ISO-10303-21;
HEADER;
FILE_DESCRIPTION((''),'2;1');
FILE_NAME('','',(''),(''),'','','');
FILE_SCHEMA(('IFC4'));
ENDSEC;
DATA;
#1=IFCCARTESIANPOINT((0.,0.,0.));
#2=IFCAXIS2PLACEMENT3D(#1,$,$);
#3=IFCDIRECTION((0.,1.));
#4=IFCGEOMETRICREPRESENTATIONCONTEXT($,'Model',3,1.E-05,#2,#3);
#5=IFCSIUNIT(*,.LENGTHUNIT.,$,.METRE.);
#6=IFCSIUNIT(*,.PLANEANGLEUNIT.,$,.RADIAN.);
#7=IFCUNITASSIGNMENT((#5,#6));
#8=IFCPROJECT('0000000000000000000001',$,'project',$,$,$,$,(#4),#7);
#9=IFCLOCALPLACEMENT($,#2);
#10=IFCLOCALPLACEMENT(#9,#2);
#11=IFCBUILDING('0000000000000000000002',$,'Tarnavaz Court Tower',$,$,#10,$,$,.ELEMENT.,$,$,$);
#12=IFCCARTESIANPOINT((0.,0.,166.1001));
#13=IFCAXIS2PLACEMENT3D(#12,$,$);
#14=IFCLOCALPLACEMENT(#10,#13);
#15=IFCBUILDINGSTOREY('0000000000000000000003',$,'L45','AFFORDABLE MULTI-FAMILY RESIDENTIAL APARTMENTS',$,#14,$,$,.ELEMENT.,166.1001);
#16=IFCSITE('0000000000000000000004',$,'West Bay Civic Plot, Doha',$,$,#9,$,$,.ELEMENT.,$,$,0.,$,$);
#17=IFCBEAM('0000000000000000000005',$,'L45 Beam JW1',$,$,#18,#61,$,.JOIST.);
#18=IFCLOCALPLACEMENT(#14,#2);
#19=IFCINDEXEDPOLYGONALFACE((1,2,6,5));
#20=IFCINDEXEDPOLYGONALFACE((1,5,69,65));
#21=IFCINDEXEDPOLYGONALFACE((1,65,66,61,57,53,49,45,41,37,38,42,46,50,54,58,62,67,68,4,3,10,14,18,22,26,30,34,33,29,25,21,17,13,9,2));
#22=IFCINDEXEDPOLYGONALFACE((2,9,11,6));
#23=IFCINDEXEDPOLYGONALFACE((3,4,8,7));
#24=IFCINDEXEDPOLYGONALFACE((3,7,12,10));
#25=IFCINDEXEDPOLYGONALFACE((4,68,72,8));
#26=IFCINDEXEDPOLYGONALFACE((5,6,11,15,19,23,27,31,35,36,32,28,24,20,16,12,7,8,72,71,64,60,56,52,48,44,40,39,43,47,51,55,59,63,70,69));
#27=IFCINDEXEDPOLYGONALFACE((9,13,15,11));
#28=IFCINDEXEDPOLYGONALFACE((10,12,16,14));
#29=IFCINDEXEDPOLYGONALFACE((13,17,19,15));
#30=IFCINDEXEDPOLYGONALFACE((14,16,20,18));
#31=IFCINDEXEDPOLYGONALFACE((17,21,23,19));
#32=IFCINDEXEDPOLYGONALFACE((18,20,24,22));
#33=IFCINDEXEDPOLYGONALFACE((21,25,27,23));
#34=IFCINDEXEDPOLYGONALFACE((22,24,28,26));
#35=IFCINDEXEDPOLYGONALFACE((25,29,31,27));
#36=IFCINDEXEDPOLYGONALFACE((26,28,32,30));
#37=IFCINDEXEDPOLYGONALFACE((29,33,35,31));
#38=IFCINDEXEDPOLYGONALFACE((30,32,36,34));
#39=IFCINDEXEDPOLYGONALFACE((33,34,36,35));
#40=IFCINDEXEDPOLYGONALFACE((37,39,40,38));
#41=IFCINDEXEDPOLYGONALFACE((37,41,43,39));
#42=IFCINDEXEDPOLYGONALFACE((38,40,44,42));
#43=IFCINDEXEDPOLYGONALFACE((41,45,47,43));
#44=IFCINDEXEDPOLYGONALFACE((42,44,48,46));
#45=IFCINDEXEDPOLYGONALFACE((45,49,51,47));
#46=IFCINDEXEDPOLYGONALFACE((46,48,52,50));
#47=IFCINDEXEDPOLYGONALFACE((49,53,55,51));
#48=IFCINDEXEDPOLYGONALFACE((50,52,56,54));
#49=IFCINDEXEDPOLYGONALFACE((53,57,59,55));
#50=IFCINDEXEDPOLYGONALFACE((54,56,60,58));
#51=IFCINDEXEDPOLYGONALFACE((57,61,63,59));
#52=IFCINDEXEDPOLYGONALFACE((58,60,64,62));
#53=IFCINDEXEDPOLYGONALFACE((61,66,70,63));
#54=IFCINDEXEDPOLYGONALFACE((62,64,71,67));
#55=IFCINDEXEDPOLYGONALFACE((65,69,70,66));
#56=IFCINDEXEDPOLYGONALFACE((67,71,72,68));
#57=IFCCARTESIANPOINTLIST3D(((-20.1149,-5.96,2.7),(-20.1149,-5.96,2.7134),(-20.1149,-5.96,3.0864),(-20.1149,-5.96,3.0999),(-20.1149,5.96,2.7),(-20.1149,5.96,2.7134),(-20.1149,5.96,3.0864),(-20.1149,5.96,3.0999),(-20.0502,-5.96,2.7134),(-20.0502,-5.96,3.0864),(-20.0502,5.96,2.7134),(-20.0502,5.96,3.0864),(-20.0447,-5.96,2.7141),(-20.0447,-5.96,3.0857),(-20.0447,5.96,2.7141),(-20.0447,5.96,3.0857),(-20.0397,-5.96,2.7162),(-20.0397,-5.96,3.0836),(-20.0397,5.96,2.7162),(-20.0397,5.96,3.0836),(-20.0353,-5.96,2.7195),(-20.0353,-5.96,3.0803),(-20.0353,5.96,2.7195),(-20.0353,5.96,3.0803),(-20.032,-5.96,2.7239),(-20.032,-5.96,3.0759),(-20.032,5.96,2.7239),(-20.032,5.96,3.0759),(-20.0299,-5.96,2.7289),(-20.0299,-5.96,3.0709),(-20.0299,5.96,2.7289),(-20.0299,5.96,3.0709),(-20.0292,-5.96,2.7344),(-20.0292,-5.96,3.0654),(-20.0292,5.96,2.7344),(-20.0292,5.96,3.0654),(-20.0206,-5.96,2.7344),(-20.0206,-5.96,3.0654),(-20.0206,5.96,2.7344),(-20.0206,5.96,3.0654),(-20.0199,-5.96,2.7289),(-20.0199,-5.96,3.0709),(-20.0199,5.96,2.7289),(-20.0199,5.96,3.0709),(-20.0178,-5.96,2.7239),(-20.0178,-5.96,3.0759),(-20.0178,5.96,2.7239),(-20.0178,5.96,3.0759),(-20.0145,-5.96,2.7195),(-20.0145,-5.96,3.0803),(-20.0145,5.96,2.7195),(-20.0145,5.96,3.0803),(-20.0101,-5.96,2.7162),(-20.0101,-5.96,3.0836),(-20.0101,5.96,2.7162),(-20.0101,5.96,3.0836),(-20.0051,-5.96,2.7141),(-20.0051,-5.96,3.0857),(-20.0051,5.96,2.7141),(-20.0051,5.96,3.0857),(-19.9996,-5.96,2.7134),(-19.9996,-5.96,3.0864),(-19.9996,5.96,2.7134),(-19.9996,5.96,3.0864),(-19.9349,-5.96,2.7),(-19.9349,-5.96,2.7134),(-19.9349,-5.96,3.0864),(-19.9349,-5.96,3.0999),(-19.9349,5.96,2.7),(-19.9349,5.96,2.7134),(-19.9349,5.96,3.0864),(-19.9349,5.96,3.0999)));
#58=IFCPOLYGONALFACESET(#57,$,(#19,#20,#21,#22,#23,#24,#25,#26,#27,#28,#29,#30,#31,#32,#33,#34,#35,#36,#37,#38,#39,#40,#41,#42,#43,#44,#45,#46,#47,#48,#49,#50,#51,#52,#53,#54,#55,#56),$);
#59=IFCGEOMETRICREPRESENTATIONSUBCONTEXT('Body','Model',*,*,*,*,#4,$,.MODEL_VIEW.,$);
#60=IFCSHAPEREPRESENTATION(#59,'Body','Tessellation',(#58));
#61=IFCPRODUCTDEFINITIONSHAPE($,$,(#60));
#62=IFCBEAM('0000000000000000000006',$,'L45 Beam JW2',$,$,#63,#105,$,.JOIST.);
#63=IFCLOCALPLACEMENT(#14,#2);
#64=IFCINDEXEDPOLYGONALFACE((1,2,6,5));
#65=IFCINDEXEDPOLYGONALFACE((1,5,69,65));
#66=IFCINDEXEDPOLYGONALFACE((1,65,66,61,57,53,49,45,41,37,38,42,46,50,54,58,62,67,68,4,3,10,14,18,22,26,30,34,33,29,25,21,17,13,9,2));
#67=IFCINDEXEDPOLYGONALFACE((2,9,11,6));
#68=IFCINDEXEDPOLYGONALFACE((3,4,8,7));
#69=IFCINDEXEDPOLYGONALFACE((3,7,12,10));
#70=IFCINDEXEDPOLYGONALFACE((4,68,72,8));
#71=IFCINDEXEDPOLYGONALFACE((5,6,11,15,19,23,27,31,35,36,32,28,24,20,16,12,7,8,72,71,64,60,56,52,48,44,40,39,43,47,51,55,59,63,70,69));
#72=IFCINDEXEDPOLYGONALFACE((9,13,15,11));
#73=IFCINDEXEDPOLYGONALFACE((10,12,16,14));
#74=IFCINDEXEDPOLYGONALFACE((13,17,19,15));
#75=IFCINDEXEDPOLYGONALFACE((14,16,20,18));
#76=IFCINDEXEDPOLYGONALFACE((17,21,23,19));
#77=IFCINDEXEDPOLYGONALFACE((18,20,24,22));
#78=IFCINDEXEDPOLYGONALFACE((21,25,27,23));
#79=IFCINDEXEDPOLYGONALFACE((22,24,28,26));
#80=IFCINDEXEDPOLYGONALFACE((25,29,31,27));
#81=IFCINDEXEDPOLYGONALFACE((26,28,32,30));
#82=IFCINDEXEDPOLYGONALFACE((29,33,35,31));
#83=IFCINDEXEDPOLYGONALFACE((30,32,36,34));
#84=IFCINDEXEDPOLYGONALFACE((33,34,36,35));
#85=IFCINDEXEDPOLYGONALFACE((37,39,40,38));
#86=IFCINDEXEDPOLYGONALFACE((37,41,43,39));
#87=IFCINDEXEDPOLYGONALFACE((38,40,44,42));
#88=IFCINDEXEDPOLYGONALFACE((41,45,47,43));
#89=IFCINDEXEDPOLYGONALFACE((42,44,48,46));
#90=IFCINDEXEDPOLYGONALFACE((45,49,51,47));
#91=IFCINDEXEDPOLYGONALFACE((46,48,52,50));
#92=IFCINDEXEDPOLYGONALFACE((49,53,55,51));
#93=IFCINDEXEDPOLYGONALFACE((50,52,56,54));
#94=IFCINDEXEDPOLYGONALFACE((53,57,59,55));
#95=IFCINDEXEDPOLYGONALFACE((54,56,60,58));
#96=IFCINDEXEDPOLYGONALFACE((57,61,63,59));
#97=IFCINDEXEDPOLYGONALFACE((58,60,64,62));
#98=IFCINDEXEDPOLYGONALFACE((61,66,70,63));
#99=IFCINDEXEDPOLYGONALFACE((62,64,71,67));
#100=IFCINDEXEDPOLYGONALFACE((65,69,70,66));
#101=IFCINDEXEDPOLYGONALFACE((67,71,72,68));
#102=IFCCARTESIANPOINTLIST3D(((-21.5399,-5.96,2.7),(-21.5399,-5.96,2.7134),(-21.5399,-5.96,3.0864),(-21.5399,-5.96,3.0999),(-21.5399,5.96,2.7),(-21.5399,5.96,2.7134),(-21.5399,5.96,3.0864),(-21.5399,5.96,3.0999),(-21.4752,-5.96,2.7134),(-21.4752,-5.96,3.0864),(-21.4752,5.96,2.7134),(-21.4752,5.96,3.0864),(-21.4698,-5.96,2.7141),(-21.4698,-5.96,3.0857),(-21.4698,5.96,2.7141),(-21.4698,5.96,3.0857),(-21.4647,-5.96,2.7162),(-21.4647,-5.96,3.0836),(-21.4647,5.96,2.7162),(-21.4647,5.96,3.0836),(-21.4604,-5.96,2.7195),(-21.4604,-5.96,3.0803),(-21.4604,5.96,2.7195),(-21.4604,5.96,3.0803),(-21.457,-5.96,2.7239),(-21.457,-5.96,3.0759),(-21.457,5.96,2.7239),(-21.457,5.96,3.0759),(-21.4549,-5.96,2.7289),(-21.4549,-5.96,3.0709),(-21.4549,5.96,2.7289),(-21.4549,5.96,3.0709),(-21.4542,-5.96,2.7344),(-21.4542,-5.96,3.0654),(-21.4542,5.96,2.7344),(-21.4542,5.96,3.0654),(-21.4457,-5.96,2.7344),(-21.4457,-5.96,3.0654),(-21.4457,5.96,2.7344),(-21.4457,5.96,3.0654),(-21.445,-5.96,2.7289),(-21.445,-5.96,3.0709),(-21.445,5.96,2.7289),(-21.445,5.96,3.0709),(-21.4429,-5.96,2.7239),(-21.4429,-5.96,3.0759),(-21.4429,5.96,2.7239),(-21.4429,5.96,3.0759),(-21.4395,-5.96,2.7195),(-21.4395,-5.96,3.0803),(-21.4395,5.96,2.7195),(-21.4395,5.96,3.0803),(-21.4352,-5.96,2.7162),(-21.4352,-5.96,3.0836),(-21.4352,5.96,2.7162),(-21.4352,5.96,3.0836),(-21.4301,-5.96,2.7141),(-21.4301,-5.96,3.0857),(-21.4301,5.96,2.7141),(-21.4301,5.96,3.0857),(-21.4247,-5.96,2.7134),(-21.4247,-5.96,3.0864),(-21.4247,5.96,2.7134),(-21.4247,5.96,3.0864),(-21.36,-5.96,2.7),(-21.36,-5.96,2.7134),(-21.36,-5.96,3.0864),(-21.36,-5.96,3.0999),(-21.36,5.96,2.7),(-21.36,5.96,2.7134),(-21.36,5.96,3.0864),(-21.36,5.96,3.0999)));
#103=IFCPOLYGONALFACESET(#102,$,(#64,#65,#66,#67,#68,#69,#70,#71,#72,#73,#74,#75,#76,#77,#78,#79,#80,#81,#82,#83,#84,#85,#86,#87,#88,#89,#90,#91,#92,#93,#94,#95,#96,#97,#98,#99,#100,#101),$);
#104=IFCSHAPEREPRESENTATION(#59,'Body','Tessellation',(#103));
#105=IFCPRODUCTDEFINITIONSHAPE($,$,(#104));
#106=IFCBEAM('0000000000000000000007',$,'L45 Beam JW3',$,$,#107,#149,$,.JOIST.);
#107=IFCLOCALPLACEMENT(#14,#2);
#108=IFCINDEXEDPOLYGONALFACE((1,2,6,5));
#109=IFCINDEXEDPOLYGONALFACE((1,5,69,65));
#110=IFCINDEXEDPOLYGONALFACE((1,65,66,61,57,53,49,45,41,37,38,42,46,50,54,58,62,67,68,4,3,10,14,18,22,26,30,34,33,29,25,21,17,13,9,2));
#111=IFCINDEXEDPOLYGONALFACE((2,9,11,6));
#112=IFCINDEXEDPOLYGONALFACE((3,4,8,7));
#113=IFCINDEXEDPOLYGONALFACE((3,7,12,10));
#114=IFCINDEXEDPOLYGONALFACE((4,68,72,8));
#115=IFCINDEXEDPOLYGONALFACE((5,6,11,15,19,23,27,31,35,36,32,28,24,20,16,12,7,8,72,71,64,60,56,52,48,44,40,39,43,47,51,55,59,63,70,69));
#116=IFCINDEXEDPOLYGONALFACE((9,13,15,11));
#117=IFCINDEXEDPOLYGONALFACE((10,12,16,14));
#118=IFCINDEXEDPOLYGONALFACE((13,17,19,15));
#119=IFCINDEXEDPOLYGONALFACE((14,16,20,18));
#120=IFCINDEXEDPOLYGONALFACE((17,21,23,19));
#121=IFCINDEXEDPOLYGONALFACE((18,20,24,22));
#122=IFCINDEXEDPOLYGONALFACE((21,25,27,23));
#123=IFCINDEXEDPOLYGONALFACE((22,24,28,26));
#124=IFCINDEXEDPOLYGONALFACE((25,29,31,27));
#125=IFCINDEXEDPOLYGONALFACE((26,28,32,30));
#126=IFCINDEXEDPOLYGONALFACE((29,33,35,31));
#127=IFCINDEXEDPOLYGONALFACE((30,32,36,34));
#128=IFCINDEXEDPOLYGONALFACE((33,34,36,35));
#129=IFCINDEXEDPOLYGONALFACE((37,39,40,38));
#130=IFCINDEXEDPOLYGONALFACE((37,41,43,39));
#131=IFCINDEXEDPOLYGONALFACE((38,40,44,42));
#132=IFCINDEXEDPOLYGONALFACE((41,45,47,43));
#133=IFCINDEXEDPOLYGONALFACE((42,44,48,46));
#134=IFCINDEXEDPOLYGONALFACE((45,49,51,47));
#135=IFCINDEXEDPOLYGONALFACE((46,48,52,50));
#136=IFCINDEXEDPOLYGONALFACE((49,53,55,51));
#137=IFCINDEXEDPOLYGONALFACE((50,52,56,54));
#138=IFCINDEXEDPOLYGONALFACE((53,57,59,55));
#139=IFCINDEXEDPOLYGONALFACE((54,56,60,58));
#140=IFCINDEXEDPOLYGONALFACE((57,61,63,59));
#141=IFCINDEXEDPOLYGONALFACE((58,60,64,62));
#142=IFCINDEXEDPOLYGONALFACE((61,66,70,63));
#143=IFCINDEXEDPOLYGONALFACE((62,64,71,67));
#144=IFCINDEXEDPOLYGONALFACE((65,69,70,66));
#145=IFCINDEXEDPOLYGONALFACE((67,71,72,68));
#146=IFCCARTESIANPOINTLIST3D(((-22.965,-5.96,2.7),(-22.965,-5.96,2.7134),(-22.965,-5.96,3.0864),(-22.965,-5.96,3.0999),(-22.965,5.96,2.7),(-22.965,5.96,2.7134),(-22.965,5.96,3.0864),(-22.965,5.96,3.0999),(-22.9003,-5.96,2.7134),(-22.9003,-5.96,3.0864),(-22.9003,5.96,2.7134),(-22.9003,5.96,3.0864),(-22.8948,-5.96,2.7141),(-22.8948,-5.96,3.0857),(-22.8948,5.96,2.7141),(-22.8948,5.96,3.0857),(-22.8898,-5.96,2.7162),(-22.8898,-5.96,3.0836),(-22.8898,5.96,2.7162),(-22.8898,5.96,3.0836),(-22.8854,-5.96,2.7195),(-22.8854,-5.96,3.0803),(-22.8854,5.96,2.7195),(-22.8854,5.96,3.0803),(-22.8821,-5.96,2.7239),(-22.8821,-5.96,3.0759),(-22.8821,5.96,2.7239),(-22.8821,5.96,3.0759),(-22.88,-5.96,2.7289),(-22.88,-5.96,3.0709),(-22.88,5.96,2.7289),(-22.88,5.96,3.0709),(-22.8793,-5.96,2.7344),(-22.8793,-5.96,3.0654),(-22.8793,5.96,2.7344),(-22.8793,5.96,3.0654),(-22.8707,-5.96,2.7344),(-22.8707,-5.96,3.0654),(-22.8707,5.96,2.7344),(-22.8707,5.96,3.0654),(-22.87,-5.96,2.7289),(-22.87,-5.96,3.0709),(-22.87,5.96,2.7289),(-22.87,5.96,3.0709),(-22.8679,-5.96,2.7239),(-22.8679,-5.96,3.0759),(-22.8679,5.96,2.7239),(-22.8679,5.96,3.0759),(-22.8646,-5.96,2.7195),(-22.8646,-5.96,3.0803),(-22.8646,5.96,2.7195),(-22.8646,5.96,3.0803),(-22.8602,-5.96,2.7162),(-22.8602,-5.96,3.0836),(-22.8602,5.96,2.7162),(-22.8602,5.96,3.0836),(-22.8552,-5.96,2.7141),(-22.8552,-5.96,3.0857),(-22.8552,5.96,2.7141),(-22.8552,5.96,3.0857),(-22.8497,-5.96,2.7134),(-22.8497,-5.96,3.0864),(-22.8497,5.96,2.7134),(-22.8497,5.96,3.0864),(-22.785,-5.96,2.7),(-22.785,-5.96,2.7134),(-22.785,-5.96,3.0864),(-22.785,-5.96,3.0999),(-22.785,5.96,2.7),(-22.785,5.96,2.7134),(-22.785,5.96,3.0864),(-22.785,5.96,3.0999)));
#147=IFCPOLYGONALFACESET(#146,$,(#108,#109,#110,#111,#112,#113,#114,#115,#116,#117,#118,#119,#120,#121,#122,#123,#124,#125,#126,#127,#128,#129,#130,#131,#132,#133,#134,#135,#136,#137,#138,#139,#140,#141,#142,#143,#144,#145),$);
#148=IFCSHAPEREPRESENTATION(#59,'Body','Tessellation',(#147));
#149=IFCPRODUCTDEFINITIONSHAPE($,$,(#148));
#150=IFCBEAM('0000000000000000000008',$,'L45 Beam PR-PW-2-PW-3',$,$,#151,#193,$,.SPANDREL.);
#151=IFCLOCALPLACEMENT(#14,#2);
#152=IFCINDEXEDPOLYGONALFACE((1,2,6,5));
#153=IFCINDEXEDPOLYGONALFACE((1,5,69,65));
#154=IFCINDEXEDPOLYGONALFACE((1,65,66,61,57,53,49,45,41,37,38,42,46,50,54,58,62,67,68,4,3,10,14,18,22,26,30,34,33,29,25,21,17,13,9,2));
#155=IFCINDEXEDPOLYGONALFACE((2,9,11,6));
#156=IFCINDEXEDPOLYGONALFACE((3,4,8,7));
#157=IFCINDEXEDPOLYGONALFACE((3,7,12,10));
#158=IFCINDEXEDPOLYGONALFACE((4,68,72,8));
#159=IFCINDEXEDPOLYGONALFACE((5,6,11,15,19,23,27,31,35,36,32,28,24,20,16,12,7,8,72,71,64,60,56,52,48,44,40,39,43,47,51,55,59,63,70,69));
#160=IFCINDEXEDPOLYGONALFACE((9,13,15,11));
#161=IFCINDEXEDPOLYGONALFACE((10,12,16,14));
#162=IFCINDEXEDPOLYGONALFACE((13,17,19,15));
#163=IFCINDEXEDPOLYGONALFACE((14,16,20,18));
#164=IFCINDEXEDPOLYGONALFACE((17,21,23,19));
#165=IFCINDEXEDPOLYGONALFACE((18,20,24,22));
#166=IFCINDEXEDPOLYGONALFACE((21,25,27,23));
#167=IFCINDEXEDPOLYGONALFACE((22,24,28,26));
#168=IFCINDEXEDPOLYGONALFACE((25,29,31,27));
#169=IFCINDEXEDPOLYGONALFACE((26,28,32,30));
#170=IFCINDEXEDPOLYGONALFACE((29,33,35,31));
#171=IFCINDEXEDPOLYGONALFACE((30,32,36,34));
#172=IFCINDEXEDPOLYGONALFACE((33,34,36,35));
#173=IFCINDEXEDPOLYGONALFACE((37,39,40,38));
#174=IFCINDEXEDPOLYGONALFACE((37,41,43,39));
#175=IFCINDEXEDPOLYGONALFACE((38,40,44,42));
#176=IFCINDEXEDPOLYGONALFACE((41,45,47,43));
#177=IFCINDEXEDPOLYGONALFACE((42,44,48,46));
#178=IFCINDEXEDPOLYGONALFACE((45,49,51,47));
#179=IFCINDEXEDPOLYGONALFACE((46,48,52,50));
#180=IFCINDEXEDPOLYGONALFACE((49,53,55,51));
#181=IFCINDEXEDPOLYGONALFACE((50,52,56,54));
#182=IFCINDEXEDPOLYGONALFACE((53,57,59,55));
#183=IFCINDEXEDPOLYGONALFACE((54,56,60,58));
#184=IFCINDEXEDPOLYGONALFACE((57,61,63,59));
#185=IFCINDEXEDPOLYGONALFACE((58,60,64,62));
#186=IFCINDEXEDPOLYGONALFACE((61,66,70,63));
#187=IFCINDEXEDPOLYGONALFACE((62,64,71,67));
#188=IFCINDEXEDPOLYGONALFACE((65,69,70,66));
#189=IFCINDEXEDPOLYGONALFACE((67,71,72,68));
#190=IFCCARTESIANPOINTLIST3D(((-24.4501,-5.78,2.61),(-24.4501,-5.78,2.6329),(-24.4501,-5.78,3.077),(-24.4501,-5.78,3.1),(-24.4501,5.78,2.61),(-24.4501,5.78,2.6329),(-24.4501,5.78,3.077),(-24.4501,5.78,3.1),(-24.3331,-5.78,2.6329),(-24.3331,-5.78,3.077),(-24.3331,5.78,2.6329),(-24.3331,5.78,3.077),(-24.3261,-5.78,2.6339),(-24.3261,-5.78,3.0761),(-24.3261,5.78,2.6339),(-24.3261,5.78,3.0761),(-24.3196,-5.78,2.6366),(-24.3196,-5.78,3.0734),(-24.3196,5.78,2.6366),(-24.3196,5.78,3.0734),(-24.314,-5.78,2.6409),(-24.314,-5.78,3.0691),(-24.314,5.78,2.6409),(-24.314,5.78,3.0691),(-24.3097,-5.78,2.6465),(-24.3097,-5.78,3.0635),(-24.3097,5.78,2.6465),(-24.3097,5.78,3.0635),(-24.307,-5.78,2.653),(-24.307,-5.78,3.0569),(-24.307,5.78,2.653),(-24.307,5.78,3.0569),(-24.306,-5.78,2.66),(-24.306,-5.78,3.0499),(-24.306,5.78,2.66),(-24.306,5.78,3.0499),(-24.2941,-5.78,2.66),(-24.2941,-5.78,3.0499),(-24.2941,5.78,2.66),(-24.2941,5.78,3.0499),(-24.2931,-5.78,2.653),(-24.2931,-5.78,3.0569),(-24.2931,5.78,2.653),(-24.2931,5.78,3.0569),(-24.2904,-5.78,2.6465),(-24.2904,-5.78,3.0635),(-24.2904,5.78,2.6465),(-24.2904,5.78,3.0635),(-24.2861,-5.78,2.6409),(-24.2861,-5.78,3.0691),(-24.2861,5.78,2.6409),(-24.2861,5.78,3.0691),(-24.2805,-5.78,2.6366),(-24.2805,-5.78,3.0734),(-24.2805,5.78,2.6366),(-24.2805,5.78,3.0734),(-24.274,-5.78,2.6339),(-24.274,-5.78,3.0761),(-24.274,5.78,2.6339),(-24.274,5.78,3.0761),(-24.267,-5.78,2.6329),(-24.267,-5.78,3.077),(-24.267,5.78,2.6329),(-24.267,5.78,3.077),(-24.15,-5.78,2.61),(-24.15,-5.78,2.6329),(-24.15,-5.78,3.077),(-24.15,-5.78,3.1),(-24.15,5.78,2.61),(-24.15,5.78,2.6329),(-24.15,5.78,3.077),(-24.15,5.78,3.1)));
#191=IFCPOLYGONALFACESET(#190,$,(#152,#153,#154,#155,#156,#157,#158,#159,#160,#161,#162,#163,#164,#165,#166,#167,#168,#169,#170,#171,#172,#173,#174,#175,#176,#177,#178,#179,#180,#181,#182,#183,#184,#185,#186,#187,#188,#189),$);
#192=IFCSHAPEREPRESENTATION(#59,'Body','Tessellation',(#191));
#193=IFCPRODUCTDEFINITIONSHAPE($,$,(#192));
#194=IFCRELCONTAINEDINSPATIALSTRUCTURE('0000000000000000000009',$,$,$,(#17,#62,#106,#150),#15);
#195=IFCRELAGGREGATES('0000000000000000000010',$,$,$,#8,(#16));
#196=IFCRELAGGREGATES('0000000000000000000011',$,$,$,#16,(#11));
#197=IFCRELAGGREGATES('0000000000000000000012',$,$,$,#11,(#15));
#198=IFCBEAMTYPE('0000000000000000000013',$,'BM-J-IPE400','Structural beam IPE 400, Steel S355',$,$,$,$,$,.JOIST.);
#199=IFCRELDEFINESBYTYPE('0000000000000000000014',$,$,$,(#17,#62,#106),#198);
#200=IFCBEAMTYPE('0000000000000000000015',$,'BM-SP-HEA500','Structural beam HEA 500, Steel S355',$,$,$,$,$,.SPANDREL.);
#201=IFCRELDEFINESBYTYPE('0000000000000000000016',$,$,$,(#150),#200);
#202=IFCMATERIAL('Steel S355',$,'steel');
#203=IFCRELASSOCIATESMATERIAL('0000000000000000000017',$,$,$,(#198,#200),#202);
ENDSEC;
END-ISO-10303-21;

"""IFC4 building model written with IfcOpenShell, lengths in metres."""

from ifc_helpers import new_model, si_unit, direction, frame, origin, origin_2d, place, context, subcontext, project, spatial, i_section, extrude, material, material_profile, profile_set, type_object, element, save


model = new_model("IFC4")

# Units and contexts
model_context = context("Model", 3, precision=1e-05, world=origin(), true_north=direction((0.0, 1.0)))
body_context = subcontext(model_context, "Body", "Model", "MODEL_VIEW")
ifc_project = project(units=[si_unit("LENGTHUNIT", "METRE"), si_unit("PLANEANGLEUNIT", "RADIAN")], contexts=[model_context])

# Site, building, storey
site_placement = place(None, origin())
site = spatial("IfcSite", under=ifc_project, at=site_placement, Name="West Bay Civic Plot, Doha", CompositionType="ELEMENT", RefElevation=0.0)
building_placement = place(site_placement, origin())
building = spatial("IfcBuilding", under=site, at=building_placement, Name="Tarnavaz Court Tower", CompositionType="ELEMENT")
storey_placement = place(building_placement, frame((0.0, 0.0, 166.1001)))
storey = spatial("IfcBuildingStorey", under=building, at=storey_placement, Name="L45", Description="AFFORDABLE MULTI-FAMILY RESIDENTIAL APARTMENTS", CompositionType="ELEMENT", Elevation=166.1001)

# Beams
ifc_material_1 = material(Name="Steel S355", Category="steel")
ifc_material_profile_1 = material_profile(ifc_material_1, i_section(OverallWidth=0.1799, OverallDepth=0.3999, WebThickness=0.0085, FlangeThickness=0.0134, FilletRadius=0.021, at=origin_2d()), Name="IPE 400")
ifc_profile_set_1 = profile_set([ifc_material_profile_1], Name="Steel S355")
beam_type_1 = type_object("IfcBeamType", Name="BM-J-IPE400", Description="Structural beam IPE 400, Steel S355", PredefinedType="JOIST", material=ifc_profile_set_1)
for number, where, z_axis, x_axis, name in (
    (1, (-20.0249, -5.96, 2.8999), (0.0, 1.0, 0.0), (-1.0, 0.0, 0.0), "L45 Beam JW1"),
    (2, (-21.45, -5.96, 2.8999), (0.0, 1.0, 0.0), (-1.0, 0.0, 0.0), "L45 Beam JW2"),
    (3, (-22.875, -5.96, 2.8999), (0.0, 1.0, 0.0), (-1.0, 0.0, 0.0), "L45 Beam JW3"),
):
    element("IfcBeam", number, at=place(storey_placement, frame(where, z_axis=z_axis, x_axis=x_axis)), inside=storey, type_object=beam_type_1, Name=name, PredefinedType="JOIST", context=body_context, shape_type="SweptSolid", body=[
        extrude(i_section(OverallWidth=0.1799, OverallDepth=0.3999, WebThickness=0.0085, FlangeThickness=0.0134, FilletRadius=0.021, at=origin_2d()), origin(), (0.0, 0.0, 1.0), 11.9199),
    ])
ifc_material_profile_2 = material_profile(ifc_material_1, i_section(OverallWidth=0.3, OverallDepth=0.49, WebThickness=0.012, FlangeThickness=0.0229, FilletRadius=0.0271, at=origin_2d()), Name="HEA 500")
ifc_profile_set_2 = profile_set([ifc_material_profile_2], Name="Steel S355")
beam_type_2 = type_object("IfcBeamType", Name="BM-SP-HEA500", Description="Structural beam HEA 500, Steel S355", PredefinedType="SPANDREL", material=ifc_profile_set_2)
beam_1_placement = place(storey_placement, frame((-24.3, -5.78, 2.855), z_axis=(0.0, 1.0, 0.0), x_axis=(-1.0, 0.0, 0.0)))
element("IfcBeam", 4, at=beam_1_placement, inside=storey, type_object=beam_type_2, Name="L45 Beam PR-PW-2-PW-3", PredefinedType="SPANDREL", context=body_context, shape_type="SweptSolid", body=[
    extrude(i_section(OverallWidth=0.3, OverallDepth=0.49, WebThickness=0.012, FlangeThickness=0.0229, FilletRadius=0.0271, at=origin_2d()), origin(), (0.0, 0.0, 1.0), 11.5601),
])

save(model, "model.ifc")
